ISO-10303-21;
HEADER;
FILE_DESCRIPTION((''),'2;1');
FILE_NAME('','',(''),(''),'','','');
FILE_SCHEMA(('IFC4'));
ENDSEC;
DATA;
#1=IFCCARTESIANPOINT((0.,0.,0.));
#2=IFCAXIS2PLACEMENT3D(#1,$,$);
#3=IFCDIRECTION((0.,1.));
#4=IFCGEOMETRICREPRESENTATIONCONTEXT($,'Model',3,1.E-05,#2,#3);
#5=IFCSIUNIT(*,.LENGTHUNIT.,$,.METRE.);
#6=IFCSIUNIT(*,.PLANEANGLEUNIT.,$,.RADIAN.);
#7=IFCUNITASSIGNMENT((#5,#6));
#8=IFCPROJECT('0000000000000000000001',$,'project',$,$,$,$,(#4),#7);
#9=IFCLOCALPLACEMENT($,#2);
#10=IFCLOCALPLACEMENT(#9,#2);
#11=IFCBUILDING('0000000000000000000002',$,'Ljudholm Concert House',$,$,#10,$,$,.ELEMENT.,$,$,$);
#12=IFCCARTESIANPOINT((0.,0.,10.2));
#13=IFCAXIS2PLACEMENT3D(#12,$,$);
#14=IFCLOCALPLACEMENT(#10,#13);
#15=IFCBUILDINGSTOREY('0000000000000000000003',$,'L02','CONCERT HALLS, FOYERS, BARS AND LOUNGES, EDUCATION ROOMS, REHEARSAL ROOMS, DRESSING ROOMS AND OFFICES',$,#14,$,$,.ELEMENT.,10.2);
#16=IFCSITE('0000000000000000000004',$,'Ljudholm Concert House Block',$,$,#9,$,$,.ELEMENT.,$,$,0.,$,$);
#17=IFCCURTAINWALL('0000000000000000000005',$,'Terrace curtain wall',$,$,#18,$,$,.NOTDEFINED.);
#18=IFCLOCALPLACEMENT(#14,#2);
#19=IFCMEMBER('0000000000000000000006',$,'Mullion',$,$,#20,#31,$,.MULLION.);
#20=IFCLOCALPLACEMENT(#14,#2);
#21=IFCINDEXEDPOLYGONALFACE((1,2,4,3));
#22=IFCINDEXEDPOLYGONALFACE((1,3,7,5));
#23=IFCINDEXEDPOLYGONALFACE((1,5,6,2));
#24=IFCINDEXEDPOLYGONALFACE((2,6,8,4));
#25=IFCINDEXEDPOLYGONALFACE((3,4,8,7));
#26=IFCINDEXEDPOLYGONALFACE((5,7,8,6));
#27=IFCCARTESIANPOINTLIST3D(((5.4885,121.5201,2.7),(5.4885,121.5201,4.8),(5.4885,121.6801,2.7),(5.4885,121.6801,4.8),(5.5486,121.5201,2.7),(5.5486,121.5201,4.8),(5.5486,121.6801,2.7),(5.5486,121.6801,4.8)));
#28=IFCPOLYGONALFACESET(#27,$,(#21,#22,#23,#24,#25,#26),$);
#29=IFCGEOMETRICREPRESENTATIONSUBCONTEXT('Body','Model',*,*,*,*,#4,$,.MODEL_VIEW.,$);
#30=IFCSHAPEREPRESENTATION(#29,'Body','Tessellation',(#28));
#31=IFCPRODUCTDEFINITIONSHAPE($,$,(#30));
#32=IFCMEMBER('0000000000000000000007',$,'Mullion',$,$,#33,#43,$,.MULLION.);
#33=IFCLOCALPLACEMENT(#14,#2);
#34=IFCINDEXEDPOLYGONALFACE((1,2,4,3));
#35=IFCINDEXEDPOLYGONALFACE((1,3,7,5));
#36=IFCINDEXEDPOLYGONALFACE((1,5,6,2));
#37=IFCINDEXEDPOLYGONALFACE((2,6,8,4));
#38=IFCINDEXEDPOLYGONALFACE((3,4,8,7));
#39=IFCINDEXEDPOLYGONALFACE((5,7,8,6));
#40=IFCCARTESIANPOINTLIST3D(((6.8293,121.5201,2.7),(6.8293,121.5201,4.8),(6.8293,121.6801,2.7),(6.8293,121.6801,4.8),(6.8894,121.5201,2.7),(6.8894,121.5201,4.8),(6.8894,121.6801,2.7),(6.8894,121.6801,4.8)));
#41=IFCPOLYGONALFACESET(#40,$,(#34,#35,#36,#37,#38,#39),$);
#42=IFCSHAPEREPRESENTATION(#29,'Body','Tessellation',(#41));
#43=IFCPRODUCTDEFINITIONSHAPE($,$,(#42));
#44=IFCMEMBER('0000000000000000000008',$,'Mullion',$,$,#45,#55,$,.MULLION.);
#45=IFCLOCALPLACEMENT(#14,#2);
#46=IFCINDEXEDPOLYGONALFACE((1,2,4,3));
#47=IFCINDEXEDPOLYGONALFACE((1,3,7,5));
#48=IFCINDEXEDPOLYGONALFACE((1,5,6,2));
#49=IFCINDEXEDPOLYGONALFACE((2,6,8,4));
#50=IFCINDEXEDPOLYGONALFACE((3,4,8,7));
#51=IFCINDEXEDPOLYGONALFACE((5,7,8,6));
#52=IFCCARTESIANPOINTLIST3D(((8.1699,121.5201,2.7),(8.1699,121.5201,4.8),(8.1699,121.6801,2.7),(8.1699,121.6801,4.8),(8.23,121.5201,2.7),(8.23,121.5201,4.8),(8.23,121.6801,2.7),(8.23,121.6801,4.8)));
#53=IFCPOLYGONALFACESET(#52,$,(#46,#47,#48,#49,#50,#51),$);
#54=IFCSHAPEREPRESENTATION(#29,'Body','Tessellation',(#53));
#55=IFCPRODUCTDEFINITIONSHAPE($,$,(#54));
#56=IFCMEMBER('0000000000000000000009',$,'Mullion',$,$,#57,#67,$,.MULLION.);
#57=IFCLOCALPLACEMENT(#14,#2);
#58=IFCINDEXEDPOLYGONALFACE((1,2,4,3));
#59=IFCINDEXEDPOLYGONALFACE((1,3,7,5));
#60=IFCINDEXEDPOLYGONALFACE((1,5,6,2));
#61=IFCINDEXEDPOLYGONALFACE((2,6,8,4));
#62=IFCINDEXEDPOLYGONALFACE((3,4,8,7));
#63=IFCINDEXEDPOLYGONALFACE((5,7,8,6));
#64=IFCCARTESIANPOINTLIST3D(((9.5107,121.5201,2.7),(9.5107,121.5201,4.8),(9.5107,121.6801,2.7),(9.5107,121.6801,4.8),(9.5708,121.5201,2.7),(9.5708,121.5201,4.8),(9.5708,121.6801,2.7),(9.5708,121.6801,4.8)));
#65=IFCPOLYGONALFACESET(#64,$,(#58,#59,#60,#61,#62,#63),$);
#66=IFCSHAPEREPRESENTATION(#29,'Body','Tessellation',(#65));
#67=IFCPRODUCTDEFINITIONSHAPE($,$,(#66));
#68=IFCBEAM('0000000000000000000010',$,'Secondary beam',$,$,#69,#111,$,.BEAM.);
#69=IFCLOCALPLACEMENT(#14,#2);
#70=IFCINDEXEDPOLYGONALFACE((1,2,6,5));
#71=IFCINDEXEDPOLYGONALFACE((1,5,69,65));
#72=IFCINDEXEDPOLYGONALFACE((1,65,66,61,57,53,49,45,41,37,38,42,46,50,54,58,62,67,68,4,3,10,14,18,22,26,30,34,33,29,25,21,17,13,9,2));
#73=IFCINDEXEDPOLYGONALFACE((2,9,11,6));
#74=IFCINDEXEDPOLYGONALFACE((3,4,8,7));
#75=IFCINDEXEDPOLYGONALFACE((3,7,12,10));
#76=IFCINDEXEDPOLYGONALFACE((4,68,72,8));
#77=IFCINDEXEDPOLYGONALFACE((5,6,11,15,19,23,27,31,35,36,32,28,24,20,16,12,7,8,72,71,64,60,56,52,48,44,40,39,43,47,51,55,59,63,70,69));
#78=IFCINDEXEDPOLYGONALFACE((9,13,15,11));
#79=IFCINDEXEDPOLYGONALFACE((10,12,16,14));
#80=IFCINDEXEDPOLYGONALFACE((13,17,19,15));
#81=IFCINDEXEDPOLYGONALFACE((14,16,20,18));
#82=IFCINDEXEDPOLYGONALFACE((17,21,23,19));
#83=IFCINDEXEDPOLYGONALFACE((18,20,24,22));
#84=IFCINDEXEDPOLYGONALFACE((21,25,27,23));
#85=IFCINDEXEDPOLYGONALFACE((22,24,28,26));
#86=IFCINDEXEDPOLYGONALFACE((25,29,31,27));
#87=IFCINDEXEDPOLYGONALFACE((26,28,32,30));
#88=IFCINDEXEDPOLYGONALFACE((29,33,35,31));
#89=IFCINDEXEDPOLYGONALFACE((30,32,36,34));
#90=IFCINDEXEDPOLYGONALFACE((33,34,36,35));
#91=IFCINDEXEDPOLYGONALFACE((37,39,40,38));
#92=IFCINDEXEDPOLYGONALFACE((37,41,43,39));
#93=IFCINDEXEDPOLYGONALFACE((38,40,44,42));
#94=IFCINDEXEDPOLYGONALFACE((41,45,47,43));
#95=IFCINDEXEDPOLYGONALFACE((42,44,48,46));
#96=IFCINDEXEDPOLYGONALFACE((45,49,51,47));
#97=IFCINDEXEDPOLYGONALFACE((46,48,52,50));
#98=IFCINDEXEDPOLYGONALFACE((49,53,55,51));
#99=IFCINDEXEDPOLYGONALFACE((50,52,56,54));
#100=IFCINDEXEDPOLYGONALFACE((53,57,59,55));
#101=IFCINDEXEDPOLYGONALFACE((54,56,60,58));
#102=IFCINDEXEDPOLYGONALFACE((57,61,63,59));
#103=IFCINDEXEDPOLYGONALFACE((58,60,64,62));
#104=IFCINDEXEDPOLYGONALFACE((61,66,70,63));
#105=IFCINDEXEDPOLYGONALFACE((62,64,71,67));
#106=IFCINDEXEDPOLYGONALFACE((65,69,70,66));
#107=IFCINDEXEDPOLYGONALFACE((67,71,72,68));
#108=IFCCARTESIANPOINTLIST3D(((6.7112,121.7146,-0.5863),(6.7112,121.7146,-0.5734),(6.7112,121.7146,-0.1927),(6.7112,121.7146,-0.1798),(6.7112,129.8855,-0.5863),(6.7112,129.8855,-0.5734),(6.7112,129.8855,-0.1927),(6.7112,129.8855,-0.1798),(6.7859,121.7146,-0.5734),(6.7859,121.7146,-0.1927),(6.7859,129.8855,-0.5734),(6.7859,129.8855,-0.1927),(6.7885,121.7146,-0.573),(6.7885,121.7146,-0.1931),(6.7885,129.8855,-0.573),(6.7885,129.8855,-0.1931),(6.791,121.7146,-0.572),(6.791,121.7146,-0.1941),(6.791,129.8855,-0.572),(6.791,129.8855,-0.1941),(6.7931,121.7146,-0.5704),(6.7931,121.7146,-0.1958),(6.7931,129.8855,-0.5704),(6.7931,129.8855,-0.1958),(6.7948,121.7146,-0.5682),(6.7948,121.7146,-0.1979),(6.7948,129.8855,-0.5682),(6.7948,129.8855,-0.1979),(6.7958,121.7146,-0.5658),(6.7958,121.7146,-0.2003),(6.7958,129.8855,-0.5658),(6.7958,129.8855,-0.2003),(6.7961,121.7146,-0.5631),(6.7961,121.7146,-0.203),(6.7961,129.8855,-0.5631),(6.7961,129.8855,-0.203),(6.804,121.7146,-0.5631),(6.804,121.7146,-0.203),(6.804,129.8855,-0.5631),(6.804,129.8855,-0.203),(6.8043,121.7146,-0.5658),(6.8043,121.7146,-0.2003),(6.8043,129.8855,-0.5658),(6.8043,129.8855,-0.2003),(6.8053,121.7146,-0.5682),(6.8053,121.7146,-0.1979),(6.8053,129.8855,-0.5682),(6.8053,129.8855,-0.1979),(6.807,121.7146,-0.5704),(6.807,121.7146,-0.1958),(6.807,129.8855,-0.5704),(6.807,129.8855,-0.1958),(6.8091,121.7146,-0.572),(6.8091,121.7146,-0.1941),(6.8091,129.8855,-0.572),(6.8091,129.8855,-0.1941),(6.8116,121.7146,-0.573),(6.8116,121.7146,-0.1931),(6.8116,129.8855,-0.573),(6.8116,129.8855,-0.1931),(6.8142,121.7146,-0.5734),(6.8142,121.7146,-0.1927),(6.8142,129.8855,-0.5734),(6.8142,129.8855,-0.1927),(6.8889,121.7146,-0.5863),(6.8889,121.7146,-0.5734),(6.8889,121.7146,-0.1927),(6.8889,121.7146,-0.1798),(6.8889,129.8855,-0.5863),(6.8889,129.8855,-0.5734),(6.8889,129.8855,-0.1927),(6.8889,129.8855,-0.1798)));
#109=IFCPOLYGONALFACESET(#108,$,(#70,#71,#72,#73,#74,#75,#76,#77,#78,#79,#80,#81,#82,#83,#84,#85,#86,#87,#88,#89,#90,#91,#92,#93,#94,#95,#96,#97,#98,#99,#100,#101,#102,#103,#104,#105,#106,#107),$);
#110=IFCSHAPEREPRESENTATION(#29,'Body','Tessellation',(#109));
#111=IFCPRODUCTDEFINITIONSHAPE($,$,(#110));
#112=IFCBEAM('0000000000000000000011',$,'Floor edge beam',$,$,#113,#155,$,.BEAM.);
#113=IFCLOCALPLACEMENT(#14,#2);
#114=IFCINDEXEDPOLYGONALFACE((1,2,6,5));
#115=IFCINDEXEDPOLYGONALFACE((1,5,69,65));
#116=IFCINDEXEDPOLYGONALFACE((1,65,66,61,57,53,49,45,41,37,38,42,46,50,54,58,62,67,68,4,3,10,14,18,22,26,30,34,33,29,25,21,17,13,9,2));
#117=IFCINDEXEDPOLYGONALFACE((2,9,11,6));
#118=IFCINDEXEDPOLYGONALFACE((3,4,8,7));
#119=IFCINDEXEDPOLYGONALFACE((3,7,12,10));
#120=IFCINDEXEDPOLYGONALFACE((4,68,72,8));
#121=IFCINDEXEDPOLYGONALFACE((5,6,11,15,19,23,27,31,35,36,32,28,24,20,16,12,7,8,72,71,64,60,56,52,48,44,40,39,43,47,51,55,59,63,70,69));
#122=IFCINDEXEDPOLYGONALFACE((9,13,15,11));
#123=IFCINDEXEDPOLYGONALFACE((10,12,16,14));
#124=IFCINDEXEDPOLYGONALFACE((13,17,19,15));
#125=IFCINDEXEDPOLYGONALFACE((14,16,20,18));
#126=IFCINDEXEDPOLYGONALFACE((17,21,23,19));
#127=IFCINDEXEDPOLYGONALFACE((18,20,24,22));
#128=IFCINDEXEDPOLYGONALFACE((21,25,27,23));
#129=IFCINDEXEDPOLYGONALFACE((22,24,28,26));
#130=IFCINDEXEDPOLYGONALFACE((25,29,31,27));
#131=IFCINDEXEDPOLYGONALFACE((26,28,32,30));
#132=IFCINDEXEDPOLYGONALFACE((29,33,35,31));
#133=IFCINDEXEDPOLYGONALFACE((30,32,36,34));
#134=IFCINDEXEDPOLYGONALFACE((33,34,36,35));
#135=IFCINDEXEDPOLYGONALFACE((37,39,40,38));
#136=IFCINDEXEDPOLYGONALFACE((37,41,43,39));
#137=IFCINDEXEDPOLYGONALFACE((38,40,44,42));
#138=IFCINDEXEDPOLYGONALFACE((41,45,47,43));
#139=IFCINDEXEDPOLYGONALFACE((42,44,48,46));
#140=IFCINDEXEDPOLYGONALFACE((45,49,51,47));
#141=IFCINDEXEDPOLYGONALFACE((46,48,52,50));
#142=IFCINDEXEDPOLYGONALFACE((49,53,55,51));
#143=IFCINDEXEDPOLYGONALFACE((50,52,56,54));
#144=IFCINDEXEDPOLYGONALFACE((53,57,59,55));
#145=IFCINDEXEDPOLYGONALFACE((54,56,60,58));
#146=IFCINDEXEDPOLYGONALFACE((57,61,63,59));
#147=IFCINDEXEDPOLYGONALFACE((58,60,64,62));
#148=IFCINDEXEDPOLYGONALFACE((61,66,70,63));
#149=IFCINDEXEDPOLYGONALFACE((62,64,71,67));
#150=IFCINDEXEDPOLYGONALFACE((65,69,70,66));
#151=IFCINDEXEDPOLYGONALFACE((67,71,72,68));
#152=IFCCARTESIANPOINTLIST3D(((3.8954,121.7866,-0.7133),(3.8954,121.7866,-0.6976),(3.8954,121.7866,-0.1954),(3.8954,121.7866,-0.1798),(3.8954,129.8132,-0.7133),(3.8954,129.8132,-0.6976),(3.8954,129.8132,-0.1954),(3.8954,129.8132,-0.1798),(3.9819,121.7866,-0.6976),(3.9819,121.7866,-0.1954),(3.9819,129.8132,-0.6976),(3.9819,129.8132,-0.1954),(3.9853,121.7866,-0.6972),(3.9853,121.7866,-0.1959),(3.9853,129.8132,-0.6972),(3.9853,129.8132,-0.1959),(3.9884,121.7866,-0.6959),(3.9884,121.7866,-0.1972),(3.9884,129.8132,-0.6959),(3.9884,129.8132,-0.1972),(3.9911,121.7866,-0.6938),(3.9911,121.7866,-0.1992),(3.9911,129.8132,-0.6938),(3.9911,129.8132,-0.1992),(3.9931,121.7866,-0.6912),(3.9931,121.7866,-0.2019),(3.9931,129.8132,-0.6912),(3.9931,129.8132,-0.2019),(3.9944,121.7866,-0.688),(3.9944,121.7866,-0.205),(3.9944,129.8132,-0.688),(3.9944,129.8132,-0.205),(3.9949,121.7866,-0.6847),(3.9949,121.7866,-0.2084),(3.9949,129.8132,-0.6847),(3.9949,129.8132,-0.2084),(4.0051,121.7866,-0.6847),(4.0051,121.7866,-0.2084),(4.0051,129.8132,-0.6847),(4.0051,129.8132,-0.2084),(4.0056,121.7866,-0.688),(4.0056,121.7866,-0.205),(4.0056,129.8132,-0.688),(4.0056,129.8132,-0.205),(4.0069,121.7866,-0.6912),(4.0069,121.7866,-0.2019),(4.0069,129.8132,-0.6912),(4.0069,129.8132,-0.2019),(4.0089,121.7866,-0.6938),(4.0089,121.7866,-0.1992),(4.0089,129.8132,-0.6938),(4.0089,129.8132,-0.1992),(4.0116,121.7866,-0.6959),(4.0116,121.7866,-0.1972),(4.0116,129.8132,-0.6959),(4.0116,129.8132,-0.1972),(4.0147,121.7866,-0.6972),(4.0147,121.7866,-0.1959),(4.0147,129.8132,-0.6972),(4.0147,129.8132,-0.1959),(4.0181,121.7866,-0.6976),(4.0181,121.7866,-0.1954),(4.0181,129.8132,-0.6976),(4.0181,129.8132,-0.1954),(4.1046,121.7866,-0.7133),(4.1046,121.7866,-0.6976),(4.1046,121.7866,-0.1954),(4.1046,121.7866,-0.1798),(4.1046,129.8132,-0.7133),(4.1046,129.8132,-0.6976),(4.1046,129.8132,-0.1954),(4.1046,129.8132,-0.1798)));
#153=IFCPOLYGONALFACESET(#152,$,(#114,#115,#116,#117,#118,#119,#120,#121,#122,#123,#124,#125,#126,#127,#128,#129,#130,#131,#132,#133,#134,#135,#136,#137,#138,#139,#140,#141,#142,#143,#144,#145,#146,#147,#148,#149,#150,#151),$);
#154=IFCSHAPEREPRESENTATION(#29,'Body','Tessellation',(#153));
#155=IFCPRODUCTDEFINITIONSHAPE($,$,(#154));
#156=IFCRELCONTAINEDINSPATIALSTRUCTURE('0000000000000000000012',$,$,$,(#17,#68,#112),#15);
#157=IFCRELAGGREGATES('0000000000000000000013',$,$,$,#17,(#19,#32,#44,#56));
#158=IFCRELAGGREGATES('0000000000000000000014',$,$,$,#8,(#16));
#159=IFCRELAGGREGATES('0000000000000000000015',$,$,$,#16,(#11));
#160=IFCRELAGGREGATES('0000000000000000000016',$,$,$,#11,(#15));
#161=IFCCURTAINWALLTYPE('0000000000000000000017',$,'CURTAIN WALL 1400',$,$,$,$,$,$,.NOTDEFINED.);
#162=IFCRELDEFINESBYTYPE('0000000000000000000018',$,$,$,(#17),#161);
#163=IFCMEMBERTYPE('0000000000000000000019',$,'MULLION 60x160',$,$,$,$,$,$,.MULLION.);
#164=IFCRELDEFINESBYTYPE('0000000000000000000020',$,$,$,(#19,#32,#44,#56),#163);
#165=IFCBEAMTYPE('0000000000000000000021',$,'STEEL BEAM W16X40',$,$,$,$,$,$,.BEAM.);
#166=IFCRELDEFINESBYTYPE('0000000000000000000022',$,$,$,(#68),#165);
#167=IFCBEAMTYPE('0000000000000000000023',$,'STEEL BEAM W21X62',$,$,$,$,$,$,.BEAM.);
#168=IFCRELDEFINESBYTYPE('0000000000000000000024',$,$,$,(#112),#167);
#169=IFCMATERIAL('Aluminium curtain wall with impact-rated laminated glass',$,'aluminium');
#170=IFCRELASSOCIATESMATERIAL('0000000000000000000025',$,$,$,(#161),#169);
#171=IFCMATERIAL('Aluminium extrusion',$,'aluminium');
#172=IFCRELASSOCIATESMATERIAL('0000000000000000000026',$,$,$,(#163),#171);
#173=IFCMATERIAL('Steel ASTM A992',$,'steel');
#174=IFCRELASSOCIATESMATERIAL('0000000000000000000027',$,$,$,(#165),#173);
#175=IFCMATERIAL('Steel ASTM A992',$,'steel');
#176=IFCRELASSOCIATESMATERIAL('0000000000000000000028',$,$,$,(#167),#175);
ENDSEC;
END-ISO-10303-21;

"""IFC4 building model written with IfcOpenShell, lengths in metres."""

from ifc_helpers import new_model, si_unit, direction, frame, origin, origin_2d, place, context, subcontext, project, spatial, rectangle, i_section, extrude, material, material_profile, profile_set, type_object, element, aggregate, save


model = new_model("IFC4")

# Units and contexts
model_context = context("Model", 3, precision=1e-05, world=origin(), true_north=direction((0.0, 1.0)))
body_context = subcontext(model_context, "Body", "Model", "MODEL_VIEW")
ifc_project = project(units=[si_unit("LENGTHUNIT", "METRE"), si_unit("PLANEANGLEUNIT", "RADIAN")], contexts=[model_context])

# Site, building, storey
site_placement = place(None, origin())
site = spatial("IfcSite", under=ifc_project, at=site_placement, Name="Ljudholm Concert House Block", CompositionType="ELEMENT", RefElevation=0.0)
building_placement = place(site_placement, origin())
building = spatial("IfcBuilding", under=site, at=building_placement, Name="Ljudholm Concert House", CompositionType="ELEMENT")
storey_placement = place(building_placement, frame((0.0, 0.0, 10.2)))
storey = spatial("IfcBuildingStorey", under=building, at=storey_placement, Name="L02", Description="CONCERT HALLS, FOYERS, BARS AND LOUNGES, EDUCATION ROOMS, REHEARSAL ROOMS, DRESSING ROOMS AND OFFICES", CompositionType="ELEMENT", Elevation=10.2)

# Curtain wall, members
ifc_material_1 = material(Name="Aluminium curtain wall with impact-rated laminated glass", Category="aluminium")
curtain_wall_type = type_object("IfcCurtainWallType", Name="CURTAIN WALL 1400", PredefinedType="NOTDEFINED", material=ifc_material_1)
curtain_wall_placement = place(storey_placement, origin())
curtain_wall = element("IfcCurtainWall", 1, at=curtain_wall_placement, inside=storey, type_object=curtain_wall_type, Name="Terrace curtain wall", PredefinedType="NOTDEFINED")
ifc_material_2 = material(Name="Aluminium extrusion", Category="aluminium")
ifc_material_profile_1 = material_profile(ifc_material_2, rectangle(XDim=0.1599, YDim=0.0601, at=origin_2d()), Name="MULLION 60x160")
ifc_profile_set_1 = profile_set([ifc_material_profile_1], Name="Aluminium extrusion")
member_type_1 = type_object("IfcMemberType", Name="MULLION 60x160", PredefinedType="MULLION", material=ifc_profile_set_1)
member_1_placement = place(storey_placement, frame((5.5186, 121.6001, 2.7), z_axis=(0.0, 0.0, 1.0), x_axis=(0.0, 1.0, 0.0)))
member_1 = element("IfcMember", 2, at=member_1_placement, type_object=member_type_1, Name="Mullion", PredefinedType="MULLION", context=body_context, shape_type="SweptSolid", body=[
    extrude(rectangle(XDim=0.1599, YDim=0.0601, at=origin_2d()), origin(), (0.0, 0.0, 1.0), 2.1001),
])
member_2_placement = place(storey_placement, frame((6.8594, 121.6001, 2.7), z_axis=(0.0, 0.0, 1.0), x_axis=(0.0, 1.0, 0.0)))
member_2 = element("IfcMember", 3, at=member_2_placement, type_object=member_type_1, Name="Mullion", PredefinedType="MULLION", context=body_context, shape_type="SweptSolid", body=[
    extrude(rectangle(XDim=0.1599, YDim=0.0601, at=origin_2d()), origin(), (0.0, 0.0, 1.0), 2.1001),
])
member_3_placement = place(storey_placement, frame((8.2, 121.6001, 2.7), z_axis=(0.0, 0.0, 1.0), x_axis=(0.0, 1.0, 0.0)))
member_3 = element("IfcMember", 4, at=member_3_placement, type_object=member_type_1, Name="Mullion", PredefinedType="MULLION", context=body_context, shape_type="SweptSolid", body=[
    extrude(rectangle(XDim=0.1599, YDim=0.0601, at=origin_2d()), origin(), (0.0, 0.0, 1.0), 2.1001),
])
member_4_placement = place(storey_placement, frame((9.5408, 121.6001, 2.7), z_axis=(0.0, 0.0, 1.0), x_axis=(0.0, 1.0, 0.0)))
member_4 = element("IfcMember", 5, at=member_4_placement, type_object=member_type_1, Name="Mullion", PredefinedType="MULLION", context=body_context, shape_type="SweptSolid", body=[
    extrude(rectangle(XDim=0.1599, YDim=0.0601, at=origin_2d()), origin(), (0.0, 0.0, 1.0), 2.1001),
])

# Beams
ifc_material_3 = material(Name="Steel ASTM A992", Category="steel")
ifc_material_profile_2 = material_profile(ifc_material_3, i_section(OverallWidth=0.1777, OverallDepth=0.4065, WebThickness=0.0078, FlangeThickness=0.0129, FilletRadius=0.0103, at=origin_2d()), Name="W16X40")
ifc_profile_set_2 = profile_set([ifc_material_profile_2], Name="Steel ASTM A992")
beam_type_1 = type_object("IfcBeamType", Name="STEEL BEAM W16X40", PredefinedType="BEAM", material=ifc_profile_set_2)
beam_1_placement = place(storey_placement, frame((6.8, 121.7146, -0.3831), z_axis=(0.0, 1.0, 0.0), x_axis=(-1.0, 0.0, 0.0)))
element("IfcBeam", 6, at=beam_1_placement, inside=storey, type_object=beam_type_1, Name="Secondary beam", PredefinedType="BEAM", context=body_context, shape_type="SweptSolid", body=[
    extrude(i_section(OverallWidth=0.1777, OverallDepth=0.4065, WebThickness=0.0078, FlangeThickness=0.0129, FilletRadius=0.0103, at=origin_2d()), origin(), (0.0, 0.0, 1.0), 8.1709),
])
ifc_material_4 = material(Name="Steel ASTM A992", Category="steel")
ifc_material_profile_3 = material_profile(ifc_material_4, i_section(OverallWidth=0.2092, OverallDepth=0.5334, WebThickness=0.0103, FlangeThickness=0.0156, FilletRadius=0.0129, at=origin_2d()), Name="W21X62")
ifc_profile_set_3 = profile_set([ifc_material_profile_3], Name="Steel ASTM A992")
beam_type_2 = type_object("IfcBeamType", Name="STEEL BEAM W21X62", PredefinedType="BEAM", material=ifc_profile_set_3)
beam_2_placement = place(storey_placement, frame((4.0, 121.7866, -0.4465), z_axis=(0.0, 1.0, 0.0), x_axis=(-1.0, 0.0, 0.0)))
element("IfcBeam", 7, at=beam_2_placement, inside=storey, type_object=beam_type_2, Name="Floor edge beam", PredefinedType="BEAM", context=body_context, shape_type="SweptSolid", body=[
    extrude(i_section(OverallWidth=0.2092, OverallDepth=0.5334, WebThickness=0.0103, FlangeThickness=0.0156, FilletRadius=0.0129, at=origin_2d()), origin(), (0.0, 0.0, 1.0), 8.0266),
])

aggregate(curtain_wall, [member_1, member_2, member_3, member_4])

save(model, "model.ifc")
